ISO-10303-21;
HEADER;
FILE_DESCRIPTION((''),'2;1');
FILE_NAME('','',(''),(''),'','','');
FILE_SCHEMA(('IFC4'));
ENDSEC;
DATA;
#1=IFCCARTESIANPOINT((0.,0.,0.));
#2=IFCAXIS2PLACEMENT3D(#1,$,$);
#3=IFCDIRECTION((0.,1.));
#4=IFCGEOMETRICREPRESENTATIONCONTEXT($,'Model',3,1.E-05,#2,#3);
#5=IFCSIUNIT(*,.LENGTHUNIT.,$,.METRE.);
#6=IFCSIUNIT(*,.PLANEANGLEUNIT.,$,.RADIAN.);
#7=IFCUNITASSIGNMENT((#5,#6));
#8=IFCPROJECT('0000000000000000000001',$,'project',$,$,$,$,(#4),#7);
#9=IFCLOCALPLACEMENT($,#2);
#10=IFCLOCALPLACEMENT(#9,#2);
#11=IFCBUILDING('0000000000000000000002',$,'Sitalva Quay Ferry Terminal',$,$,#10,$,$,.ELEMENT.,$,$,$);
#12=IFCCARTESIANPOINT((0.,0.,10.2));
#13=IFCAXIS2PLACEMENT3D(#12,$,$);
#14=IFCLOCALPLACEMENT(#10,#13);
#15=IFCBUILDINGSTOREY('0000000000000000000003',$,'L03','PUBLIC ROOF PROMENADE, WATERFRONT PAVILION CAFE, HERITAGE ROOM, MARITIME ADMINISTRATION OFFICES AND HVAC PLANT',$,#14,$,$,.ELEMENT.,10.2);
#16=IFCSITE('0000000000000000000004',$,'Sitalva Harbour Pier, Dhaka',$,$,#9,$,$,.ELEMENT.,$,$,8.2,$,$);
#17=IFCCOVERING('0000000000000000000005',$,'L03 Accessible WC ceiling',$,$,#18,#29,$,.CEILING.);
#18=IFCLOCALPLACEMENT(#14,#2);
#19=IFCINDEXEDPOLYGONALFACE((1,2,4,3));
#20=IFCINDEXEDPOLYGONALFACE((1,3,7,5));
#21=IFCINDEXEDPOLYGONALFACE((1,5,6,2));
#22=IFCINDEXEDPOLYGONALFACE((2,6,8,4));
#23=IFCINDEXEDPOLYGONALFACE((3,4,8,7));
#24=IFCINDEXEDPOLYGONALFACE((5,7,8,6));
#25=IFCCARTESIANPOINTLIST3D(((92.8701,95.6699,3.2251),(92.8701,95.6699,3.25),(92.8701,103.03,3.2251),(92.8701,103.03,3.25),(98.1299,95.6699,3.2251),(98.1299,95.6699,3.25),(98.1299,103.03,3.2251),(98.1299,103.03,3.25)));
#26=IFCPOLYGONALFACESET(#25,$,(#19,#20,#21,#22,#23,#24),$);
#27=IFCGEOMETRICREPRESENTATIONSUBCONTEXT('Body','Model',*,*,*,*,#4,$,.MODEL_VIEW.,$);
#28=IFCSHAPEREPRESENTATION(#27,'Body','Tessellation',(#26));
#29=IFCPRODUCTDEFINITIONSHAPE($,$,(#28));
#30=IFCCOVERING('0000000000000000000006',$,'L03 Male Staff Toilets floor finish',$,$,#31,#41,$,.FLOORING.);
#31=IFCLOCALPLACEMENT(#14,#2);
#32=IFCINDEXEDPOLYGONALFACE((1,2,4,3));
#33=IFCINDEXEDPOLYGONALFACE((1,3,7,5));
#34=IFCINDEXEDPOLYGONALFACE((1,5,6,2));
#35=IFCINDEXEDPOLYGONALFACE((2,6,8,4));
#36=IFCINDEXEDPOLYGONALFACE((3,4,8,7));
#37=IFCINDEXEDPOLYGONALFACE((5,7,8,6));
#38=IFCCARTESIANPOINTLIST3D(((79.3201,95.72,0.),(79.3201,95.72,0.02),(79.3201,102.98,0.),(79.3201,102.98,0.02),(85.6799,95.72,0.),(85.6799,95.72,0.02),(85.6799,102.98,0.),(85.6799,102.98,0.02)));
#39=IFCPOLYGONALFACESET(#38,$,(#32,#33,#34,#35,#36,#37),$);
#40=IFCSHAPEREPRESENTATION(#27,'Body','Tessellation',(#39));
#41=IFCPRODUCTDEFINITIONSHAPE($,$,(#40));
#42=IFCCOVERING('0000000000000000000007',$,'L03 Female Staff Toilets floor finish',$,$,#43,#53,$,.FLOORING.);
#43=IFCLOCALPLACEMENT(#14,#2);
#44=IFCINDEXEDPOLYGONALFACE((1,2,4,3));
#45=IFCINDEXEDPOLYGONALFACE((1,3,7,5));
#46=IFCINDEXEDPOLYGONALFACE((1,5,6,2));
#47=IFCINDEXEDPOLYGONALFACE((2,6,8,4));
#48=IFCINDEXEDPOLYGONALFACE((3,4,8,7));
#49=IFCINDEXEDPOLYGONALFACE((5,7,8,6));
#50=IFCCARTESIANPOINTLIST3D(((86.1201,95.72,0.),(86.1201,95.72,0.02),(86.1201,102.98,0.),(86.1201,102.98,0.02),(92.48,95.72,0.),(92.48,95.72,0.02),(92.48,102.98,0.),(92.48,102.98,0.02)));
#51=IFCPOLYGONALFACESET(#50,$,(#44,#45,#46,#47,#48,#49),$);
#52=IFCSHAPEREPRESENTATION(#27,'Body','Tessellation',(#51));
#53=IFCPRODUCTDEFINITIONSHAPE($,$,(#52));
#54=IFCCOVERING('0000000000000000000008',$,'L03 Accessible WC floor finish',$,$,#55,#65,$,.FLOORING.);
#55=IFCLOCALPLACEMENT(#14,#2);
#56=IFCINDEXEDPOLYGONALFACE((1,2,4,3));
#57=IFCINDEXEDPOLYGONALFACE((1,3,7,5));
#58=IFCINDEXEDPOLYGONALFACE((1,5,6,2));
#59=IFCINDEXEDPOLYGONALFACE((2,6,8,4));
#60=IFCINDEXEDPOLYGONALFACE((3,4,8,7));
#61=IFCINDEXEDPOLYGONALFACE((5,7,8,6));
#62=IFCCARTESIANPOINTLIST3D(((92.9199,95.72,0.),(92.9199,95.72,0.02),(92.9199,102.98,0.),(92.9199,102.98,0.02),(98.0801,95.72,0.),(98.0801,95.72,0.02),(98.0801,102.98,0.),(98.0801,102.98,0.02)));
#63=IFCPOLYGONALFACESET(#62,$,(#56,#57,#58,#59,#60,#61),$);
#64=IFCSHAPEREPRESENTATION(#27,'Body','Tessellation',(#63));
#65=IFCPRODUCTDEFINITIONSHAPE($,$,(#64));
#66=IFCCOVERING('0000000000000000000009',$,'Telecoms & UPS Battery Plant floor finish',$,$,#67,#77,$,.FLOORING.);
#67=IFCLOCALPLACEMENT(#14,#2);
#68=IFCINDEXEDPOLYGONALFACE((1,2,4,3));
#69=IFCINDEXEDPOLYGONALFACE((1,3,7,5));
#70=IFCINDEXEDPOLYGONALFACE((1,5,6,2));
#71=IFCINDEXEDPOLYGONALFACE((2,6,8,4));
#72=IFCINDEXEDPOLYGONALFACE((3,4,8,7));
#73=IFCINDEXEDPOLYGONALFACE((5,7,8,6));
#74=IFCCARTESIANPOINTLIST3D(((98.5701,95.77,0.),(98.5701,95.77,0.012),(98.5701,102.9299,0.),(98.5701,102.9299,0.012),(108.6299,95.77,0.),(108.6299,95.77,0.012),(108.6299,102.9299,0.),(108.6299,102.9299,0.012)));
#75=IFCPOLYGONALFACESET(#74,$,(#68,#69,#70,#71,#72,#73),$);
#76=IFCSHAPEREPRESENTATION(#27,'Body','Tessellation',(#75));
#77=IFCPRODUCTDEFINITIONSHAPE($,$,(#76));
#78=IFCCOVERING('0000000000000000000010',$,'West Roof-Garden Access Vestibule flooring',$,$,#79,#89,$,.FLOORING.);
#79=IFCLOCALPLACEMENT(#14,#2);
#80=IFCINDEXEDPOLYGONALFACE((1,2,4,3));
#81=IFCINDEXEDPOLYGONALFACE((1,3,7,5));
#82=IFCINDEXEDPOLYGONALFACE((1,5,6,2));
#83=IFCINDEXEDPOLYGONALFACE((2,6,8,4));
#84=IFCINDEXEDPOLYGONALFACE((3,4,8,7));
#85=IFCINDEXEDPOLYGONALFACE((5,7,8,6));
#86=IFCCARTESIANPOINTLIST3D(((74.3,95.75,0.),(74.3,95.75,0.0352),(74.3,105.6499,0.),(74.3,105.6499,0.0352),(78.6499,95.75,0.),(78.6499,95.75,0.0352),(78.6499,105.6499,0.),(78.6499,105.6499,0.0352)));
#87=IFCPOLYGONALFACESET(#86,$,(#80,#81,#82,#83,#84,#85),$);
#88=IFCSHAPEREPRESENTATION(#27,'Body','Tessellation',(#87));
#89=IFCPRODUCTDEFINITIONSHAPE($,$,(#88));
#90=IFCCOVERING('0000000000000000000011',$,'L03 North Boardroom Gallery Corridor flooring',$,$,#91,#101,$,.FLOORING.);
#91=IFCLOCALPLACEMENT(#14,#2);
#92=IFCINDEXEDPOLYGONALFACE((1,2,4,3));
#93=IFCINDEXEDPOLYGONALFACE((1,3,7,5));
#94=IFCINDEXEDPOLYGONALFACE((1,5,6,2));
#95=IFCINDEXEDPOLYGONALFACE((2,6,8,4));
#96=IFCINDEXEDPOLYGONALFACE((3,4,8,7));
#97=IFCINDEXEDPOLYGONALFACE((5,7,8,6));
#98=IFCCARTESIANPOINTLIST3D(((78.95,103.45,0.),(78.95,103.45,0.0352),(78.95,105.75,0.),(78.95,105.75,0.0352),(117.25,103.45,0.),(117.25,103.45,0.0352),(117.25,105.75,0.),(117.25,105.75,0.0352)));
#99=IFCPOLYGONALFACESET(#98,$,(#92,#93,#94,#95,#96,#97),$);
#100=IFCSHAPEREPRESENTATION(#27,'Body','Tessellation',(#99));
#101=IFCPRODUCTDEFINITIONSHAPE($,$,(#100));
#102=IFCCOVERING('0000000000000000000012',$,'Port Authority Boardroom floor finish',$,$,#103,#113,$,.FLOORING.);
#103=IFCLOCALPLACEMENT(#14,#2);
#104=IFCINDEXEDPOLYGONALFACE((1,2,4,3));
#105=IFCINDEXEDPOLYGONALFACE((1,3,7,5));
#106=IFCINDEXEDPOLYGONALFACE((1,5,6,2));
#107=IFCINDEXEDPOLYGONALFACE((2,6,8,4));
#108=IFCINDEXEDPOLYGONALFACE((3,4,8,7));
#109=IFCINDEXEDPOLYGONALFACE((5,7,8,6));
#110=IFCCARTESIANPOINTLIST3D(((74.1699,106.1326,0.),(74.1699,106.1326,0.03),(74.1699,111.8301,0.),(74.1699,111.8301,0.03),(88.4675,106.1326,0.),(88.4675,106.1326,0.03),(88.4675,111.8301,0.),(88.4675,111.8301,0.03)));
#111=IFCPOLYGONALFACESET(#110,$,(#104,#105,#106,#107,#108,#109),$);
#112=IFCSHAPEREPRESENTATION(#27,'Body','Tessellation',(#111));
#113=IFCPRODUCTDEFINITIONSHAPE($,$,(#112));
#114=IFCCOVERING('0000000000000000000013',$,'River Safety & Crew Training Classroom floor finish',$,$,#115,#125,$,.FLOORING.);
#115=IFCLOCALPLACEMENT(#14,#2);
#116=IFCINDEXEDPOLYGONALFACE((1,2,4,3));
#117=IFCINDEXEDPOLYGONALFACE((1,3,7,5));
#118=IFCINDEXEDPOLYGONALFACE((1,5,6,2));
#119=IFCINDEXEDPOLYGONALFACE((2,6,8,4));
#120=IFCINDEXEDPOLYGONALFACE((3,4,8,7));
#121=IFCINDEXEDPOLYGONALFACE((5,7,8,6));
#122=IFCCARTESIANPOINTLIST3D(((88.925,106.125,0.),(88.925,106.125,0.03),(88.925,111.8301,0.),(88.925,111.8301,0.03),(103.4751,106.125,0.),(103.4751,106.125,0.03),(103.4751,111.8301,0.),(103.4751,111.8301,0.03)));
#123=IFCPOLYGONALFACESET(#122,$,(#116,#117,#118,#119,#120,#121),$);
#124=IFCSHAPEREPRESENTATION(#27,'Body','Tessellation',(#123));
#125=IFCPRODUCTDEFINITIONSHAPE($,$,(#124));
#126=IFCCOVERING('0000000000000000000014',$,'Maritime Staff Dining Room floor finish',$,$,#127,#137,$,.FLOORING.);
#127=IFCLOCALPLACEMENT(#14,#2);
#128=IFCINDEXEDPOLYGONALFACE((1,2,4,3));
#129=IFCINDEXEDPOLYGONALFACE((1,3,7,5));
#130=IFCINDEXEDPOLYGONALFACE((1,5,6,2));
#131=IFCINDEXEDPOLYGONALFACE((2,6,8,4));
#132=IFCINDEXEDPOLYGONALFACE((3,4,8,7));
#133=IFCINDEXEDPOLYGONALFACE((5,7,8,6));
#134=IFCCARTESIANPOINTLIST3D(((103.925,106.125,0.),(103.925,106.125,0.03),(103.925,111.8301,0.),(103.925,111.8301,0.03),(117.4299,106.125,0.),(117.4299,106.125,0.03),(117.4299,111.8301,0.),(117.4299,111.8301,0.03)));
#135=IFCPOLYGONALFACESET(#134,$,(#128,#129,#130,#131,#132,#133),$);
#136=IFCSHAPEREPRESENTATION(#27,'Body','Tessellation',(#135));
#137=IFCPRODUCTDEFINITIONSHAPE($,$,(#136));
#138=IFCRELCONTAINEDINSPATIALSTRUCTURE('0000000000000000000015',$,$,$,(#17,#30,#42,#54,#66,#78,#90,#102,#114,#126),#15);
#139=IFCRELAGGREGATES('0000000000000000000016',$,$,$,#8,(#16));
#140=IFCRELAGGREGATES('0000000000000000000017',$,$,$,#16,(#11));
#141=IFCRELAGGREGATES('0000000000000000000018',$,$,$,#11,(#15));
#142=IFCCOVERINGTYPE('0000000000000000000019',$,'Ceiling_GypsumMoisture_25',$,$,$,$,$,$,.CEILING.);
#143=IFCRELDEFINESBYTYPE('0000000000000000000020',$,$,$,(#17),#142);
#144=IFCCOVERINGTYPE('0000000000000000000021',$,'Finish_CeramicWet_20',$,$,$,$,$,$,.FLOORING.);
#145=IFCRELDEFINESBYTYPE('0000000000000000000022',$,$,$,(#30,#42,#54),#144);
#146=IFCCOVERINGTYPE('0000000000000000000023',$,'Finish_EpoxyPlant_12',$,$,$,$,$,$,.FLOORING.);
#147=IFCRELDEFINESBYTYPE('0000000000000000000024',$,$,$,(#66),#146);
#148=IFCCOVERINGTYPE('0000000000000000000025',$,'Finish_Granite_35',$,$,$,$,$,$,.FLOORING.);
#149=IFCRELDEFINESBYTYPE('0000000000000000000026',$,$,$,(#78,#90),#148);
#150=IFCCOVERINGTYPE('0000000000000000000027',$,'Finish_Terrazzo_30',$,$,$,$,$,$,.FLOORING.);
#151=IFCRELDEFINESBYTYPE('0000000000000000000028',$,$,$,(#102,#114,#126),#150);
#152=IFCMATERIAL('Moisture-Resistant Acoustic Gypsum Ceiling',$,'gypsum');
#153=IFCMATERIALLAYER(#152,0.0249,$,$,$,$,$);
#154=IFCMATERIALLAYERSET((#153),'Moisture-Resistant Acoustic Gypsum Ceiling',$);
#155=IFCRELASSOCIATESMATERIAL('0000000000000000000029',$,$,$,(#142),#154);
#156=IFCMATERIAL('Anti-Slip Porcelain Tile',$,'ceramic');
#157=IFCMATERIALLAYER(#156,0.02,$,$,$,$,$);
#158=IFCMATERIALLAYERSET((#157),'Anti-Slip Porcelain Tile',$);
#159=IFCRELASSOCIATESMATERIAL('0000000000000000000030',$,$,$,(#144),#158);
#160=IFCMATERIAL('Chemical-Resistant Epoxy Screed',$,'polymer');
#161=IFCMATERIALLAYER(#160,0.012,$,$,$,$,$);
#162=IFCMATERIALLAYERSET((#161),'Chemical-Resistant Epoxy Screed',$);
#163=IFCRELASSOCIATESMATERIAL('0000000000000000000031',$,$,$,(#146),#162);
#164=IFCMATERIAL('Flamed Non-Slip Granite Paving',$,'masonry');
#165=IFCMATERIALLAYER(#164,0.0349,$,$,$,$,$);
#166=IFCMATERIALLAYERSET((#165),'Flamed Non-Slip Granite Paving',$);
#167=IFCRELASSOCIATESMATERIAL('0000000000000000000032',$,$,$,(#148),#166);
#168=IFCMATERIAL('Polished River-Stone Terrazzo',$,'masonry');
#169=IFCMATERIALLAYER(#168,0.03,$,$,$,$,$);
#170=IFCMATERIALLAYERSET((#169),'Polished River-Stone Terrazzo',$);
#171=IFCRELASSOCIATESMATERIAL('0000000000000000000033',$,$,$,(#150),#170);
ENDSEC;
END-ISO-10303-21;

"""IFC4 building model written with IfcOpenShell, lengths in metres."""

from ifc_helpers import new_model, si_unit, direction, frame, origin, place, context, subcontext, project, spatial, polyline, outline, extrude, material, layer, layer_set, type_object, element, save


model = new_model("IFC4")

# Units and contexts
model_context = context("Model", 3, precision=1e-05, world=origin(), true_north=direction((0.0, 1.0)))
body_context = subcontext(model_context, "Body", "Model", "MODEL_VIEW")
ifc_project = project(units=[si_unit("LENGTHUNIT", "METRE"), si_unit("PLANEANGLEUNIT", "RADIAN")], contexts=[model_context])

# Site, building, storey
site_placement = place(None, origin())
site = spatial("IfcSite", under=ifc_project, at=site_placement, Name="Sitalva Harbour Pier, Dhaka", CompositionType="ELEMENT", RefElevation=8.2)
building_placement = place(site_placement, origin())
building = spatial("IfcBuilding", under=site, at=building_placement, Name="Sitalva Quay Ferry Terminal", CompositionType="ELEMENT")
storey_placement = place(building_placement, frame((0.0, 0.0, 10.2)))
storey = spatial("IfcBuildingStorey", under=building, at=storey_placement, Name="L03", Description="PUBLIC ROOF PROMENADE, WATERFRONT PAVILION CAFE, HERITAGE ROOM, MARITIME ADMINISTRATION OFFICES AND HVAC PLANT", CompositionType="ELEMENT", Elevation=10.2)

# Coverings
ifc_material_1 = material(Name="Moisture-Resistant Acoustic Gypsum Ceiling", Category="gypsum")
ifc_layer_1 = layer(ifc_material_1, 0.0249)
ifc_layer_set_1 = layer_set([ifc_layer_1], Name="Moisture-Resistant Acoustic Gypsum Ceiling")
covering_type_1 = type_object("IfcCoveringType", Name="Ceiling_GypsumMoisture_25", PredefinedType="CEILING", material=ifc_layer_set_1)
covering_1_placement = place(storey_placement, frame((0.0, 0.0, 3.2251)))
element("IfcCovering", 1, at=covering_1_placement, inside=storey, type_object=covering_type_1, Name="L03 Accessible WC ceiling", PredefinedType="CEILING", context=body_context, shape_type="SweptSolid", body=[
    extrude(outline(polyline([(92.8701, 95.6699), (98.1299, 95.6699), (98.1299, 103.03), (92.8701, 103.03), (92.8701, 95.6699)])), origin(), (0.0, 0.0, 1.0), 0.0249),
])
ifc_material_2 = material(Name="Anti-Slip Porcelain Tile", Category="ceramic")
ifc_layer_2 = layer(ifc_material_2, 0.02)
ifc_layer_set_2 = layer_set([ifc_layer_2], Name="Anti-Slip Porcelain Tile")
covering_type_2 = type_object("IfcCoveringType", Name="Finish_CeramicWet_20", PredefinedType="FLOORING", material=ifc_layer_set_2)
covering_2_placement = place(storey_placement, origin())
element("IfcCovering", 2, at=covering_2_placement, inside=storey, type_object=covering_type_2, Name="L03 Male Staff Toilets floor finish", PredefinedType="FLOORING", context=body_context, shape_type="SweptSolid", body=[
    extrude(outline(polyline([(79.3201, 95.72), (85.6799, 95.72), (85.6799, 102.98), (79.3201, 102.98), (79.3201, 95.72)])), origin(), (0.0, 0.0, 1.0), 0.02),
])
covering_3_placement = place(storey_placement, origin())
element("IfcCovering", 3, at=covering_3_placement, inside=storey, type_object=covering_type_2, Name="L03 Female Staff Toilets floor finish", PredefinedType="FLOORING", context=body_context, shape_type="SweptSolid", body=[
    extrude(outline(polyline([(86.1201, 95.72), (92.48, 95.72), (92.48, 102.98), (86.1201, 102.98), (86.1201, 95.72)])), origin(), (0.0, 0.0, 1.0), 0.02),
])
covering_4_placement = place(storey_placement, origin())
element("IfcCovering", 4, at=covering_4_placement, inside=storey, type_object=covering_type_2, Name="L03 Accessible WC floor finish", PredefinedType="FLOORING", context=body_context, shape_type="SweptSolid", body=[
    extrude(outline(polyline([(92.9199, 95.72), (98.0801, 95.72), (98.0801, 102.98), (92.9199, 102.98), (92.9199, 95.72)])), origin(), (0.0, 0.0, 1.0), 0.02),
])
ifc_material_3 = material(Name="Chemical-Resistant Epoxy Screed", Category="polymer")
ifc_layer_3 = layer(ifc_material_3, 0.012)
ifc_layer_set_3 = layer_set([ifc_layer_3], Name="Chemical-Resistant Epoxy Screed")
covering_type_3 = type_object("IfcCoveringType", Name="Finish_EpoxyPlant_12", PredefinedType="FLOORING", material=ifc_layer_set_3)
covering_5_placement = place(storey_placement, origin())
element("IfcCovering", 5, at=covering_5_placement, inside=storey, type_object=covering_type_3, Name="Telecoms & UPS Battery Plant floor finish", PredefinedType="FLOORING", context=body_context, shape_type="SweptSolid", body=[
    extrude(outline(polyline([(98.5701, 95.77), (108.6299, 95.77), (108.6299, 102.9299), (98.5701, 102.9299), (98.5701, 95.77)])), origin(), (0.0, 0.0, 1.0), 0.012),
])
ifc_material_4 = material(Name="Flamed Non-Slip Granite Paving", Category="masonry")
ifc_layer_4 = layer(ifc_material_4, 0.0349)
ifc_layer_set_4 = layer_set([ifc_layer_4], Name="Flamed Non-Slip Granite Paving")
covering_type_4 = type_object("IfcCoveringType", Name="Finish_Granite_35", PredefinedType="FLOORING", material=ifc_layer_set_4)
covering_6_placement = place(storey_placement, origin())
element("IfcCovering", 6, at=covering_6_placement, inside=storey, type_object=covering_type_4, Name="West Roof-Garden Access Vestibule flooring", PredefinedType="FLOORING", context=body_context, shape_type="SweptSolid", body=[
    extrude(outline(polyline([(74.3, 95.75), (78.6499, 95.75), (78.6499, 105.6499), (74.3, 105.6499), (74.3, 95.75)])), origin(), (0.0, 0.0, 1.0), 0.0352),
])
covering_7_placement = place(storey_placement, origin())
element("IfcCovering", 7, at=covering_7_placement, inside=storey, type_object=covering_type_4, Name="L03 North Boardroom Gallery Corridor flooring", PredefinedType="FLOORING", context=body_context, shape_type="SweptSolid", body=[
    extrude(outline(polyline([(78.95, 103.45), (117.25, 103.45), (117.25, 105.75), (78.95, 105.75), (78.95, 103.45)])), origin(), (0.0, 0.0, 1.0), 0.0352),
])
ifc_material_5 = material(Name="Polished River-Stone Terrazzo", Category="masonry")
ifc_layer_5 = layer(ifc_material_5, 0.03)
ifc_layer_set_5 = layer_set([ifc_layer_5], Name="Polished River-Stone Terrazzo")
covering_type_5 = type_object("IfcCoveringType", Name="Finish_Terrazzo_30", PredefinedType="FLOORING", material=ifc_layer_set_5)
covering_8_placement = place(storey_placement, origin())
element("IfcCovering", 8, at=covering_8_placement, inside=storey, type_object=covering_type_5, Name="Port Authority Boardroom floor finish", PredefinedType="FLOORING", context=body_context, shape_type="SweptSolid", body=[
    extrude(outline(polyline([(74.1699, 106.1326), (88.4675, 106.1326), (88.4675, 111.8301), (74.1699, 111.8301), (74.1699, 106.1326)])), origin(), (0.0, 0.0, 1.0), 0.03),
])
covering_9_placement = place(storey_placement, origin())
element("IfcCovering", 9, at=covering_9_placement, inside=storey, type_object=covering_type_5, Name="River Safety & Crew Training Classroom floor finish", PredefinedType="FLOORING", context=body_context, shape_type="SweptSolid", body=[
    extrude(outline(polyline([(88.925, 106.125), (103.4751, 106.125), (103.4751, 111.8301), (88.925, 111.8301), (88.925, 106.125)])), origin(), (0.0, 0.0, 1.0), 0.03),
])
covering_10_placement = place(storey_placement, origin())
element("IfcCovering", 10, at=covering_10_placement, inside=storey, type_object=covering_type_5, Name="Maritime Staff Dining Room floor finish", PredefinedType="FLOORING", context=body_context, shape_type="SweptSolid", body=[
    extrude(outline(polyline([(103.925, 106.125), (117.4299, 106.125), (117.4299, 111.8301), (103.925, 111.8301), (103.925, 106.125)])), origin(), (0.0, 0.0, 1.0), 0.03),
])

save(model, "model.ifc")
